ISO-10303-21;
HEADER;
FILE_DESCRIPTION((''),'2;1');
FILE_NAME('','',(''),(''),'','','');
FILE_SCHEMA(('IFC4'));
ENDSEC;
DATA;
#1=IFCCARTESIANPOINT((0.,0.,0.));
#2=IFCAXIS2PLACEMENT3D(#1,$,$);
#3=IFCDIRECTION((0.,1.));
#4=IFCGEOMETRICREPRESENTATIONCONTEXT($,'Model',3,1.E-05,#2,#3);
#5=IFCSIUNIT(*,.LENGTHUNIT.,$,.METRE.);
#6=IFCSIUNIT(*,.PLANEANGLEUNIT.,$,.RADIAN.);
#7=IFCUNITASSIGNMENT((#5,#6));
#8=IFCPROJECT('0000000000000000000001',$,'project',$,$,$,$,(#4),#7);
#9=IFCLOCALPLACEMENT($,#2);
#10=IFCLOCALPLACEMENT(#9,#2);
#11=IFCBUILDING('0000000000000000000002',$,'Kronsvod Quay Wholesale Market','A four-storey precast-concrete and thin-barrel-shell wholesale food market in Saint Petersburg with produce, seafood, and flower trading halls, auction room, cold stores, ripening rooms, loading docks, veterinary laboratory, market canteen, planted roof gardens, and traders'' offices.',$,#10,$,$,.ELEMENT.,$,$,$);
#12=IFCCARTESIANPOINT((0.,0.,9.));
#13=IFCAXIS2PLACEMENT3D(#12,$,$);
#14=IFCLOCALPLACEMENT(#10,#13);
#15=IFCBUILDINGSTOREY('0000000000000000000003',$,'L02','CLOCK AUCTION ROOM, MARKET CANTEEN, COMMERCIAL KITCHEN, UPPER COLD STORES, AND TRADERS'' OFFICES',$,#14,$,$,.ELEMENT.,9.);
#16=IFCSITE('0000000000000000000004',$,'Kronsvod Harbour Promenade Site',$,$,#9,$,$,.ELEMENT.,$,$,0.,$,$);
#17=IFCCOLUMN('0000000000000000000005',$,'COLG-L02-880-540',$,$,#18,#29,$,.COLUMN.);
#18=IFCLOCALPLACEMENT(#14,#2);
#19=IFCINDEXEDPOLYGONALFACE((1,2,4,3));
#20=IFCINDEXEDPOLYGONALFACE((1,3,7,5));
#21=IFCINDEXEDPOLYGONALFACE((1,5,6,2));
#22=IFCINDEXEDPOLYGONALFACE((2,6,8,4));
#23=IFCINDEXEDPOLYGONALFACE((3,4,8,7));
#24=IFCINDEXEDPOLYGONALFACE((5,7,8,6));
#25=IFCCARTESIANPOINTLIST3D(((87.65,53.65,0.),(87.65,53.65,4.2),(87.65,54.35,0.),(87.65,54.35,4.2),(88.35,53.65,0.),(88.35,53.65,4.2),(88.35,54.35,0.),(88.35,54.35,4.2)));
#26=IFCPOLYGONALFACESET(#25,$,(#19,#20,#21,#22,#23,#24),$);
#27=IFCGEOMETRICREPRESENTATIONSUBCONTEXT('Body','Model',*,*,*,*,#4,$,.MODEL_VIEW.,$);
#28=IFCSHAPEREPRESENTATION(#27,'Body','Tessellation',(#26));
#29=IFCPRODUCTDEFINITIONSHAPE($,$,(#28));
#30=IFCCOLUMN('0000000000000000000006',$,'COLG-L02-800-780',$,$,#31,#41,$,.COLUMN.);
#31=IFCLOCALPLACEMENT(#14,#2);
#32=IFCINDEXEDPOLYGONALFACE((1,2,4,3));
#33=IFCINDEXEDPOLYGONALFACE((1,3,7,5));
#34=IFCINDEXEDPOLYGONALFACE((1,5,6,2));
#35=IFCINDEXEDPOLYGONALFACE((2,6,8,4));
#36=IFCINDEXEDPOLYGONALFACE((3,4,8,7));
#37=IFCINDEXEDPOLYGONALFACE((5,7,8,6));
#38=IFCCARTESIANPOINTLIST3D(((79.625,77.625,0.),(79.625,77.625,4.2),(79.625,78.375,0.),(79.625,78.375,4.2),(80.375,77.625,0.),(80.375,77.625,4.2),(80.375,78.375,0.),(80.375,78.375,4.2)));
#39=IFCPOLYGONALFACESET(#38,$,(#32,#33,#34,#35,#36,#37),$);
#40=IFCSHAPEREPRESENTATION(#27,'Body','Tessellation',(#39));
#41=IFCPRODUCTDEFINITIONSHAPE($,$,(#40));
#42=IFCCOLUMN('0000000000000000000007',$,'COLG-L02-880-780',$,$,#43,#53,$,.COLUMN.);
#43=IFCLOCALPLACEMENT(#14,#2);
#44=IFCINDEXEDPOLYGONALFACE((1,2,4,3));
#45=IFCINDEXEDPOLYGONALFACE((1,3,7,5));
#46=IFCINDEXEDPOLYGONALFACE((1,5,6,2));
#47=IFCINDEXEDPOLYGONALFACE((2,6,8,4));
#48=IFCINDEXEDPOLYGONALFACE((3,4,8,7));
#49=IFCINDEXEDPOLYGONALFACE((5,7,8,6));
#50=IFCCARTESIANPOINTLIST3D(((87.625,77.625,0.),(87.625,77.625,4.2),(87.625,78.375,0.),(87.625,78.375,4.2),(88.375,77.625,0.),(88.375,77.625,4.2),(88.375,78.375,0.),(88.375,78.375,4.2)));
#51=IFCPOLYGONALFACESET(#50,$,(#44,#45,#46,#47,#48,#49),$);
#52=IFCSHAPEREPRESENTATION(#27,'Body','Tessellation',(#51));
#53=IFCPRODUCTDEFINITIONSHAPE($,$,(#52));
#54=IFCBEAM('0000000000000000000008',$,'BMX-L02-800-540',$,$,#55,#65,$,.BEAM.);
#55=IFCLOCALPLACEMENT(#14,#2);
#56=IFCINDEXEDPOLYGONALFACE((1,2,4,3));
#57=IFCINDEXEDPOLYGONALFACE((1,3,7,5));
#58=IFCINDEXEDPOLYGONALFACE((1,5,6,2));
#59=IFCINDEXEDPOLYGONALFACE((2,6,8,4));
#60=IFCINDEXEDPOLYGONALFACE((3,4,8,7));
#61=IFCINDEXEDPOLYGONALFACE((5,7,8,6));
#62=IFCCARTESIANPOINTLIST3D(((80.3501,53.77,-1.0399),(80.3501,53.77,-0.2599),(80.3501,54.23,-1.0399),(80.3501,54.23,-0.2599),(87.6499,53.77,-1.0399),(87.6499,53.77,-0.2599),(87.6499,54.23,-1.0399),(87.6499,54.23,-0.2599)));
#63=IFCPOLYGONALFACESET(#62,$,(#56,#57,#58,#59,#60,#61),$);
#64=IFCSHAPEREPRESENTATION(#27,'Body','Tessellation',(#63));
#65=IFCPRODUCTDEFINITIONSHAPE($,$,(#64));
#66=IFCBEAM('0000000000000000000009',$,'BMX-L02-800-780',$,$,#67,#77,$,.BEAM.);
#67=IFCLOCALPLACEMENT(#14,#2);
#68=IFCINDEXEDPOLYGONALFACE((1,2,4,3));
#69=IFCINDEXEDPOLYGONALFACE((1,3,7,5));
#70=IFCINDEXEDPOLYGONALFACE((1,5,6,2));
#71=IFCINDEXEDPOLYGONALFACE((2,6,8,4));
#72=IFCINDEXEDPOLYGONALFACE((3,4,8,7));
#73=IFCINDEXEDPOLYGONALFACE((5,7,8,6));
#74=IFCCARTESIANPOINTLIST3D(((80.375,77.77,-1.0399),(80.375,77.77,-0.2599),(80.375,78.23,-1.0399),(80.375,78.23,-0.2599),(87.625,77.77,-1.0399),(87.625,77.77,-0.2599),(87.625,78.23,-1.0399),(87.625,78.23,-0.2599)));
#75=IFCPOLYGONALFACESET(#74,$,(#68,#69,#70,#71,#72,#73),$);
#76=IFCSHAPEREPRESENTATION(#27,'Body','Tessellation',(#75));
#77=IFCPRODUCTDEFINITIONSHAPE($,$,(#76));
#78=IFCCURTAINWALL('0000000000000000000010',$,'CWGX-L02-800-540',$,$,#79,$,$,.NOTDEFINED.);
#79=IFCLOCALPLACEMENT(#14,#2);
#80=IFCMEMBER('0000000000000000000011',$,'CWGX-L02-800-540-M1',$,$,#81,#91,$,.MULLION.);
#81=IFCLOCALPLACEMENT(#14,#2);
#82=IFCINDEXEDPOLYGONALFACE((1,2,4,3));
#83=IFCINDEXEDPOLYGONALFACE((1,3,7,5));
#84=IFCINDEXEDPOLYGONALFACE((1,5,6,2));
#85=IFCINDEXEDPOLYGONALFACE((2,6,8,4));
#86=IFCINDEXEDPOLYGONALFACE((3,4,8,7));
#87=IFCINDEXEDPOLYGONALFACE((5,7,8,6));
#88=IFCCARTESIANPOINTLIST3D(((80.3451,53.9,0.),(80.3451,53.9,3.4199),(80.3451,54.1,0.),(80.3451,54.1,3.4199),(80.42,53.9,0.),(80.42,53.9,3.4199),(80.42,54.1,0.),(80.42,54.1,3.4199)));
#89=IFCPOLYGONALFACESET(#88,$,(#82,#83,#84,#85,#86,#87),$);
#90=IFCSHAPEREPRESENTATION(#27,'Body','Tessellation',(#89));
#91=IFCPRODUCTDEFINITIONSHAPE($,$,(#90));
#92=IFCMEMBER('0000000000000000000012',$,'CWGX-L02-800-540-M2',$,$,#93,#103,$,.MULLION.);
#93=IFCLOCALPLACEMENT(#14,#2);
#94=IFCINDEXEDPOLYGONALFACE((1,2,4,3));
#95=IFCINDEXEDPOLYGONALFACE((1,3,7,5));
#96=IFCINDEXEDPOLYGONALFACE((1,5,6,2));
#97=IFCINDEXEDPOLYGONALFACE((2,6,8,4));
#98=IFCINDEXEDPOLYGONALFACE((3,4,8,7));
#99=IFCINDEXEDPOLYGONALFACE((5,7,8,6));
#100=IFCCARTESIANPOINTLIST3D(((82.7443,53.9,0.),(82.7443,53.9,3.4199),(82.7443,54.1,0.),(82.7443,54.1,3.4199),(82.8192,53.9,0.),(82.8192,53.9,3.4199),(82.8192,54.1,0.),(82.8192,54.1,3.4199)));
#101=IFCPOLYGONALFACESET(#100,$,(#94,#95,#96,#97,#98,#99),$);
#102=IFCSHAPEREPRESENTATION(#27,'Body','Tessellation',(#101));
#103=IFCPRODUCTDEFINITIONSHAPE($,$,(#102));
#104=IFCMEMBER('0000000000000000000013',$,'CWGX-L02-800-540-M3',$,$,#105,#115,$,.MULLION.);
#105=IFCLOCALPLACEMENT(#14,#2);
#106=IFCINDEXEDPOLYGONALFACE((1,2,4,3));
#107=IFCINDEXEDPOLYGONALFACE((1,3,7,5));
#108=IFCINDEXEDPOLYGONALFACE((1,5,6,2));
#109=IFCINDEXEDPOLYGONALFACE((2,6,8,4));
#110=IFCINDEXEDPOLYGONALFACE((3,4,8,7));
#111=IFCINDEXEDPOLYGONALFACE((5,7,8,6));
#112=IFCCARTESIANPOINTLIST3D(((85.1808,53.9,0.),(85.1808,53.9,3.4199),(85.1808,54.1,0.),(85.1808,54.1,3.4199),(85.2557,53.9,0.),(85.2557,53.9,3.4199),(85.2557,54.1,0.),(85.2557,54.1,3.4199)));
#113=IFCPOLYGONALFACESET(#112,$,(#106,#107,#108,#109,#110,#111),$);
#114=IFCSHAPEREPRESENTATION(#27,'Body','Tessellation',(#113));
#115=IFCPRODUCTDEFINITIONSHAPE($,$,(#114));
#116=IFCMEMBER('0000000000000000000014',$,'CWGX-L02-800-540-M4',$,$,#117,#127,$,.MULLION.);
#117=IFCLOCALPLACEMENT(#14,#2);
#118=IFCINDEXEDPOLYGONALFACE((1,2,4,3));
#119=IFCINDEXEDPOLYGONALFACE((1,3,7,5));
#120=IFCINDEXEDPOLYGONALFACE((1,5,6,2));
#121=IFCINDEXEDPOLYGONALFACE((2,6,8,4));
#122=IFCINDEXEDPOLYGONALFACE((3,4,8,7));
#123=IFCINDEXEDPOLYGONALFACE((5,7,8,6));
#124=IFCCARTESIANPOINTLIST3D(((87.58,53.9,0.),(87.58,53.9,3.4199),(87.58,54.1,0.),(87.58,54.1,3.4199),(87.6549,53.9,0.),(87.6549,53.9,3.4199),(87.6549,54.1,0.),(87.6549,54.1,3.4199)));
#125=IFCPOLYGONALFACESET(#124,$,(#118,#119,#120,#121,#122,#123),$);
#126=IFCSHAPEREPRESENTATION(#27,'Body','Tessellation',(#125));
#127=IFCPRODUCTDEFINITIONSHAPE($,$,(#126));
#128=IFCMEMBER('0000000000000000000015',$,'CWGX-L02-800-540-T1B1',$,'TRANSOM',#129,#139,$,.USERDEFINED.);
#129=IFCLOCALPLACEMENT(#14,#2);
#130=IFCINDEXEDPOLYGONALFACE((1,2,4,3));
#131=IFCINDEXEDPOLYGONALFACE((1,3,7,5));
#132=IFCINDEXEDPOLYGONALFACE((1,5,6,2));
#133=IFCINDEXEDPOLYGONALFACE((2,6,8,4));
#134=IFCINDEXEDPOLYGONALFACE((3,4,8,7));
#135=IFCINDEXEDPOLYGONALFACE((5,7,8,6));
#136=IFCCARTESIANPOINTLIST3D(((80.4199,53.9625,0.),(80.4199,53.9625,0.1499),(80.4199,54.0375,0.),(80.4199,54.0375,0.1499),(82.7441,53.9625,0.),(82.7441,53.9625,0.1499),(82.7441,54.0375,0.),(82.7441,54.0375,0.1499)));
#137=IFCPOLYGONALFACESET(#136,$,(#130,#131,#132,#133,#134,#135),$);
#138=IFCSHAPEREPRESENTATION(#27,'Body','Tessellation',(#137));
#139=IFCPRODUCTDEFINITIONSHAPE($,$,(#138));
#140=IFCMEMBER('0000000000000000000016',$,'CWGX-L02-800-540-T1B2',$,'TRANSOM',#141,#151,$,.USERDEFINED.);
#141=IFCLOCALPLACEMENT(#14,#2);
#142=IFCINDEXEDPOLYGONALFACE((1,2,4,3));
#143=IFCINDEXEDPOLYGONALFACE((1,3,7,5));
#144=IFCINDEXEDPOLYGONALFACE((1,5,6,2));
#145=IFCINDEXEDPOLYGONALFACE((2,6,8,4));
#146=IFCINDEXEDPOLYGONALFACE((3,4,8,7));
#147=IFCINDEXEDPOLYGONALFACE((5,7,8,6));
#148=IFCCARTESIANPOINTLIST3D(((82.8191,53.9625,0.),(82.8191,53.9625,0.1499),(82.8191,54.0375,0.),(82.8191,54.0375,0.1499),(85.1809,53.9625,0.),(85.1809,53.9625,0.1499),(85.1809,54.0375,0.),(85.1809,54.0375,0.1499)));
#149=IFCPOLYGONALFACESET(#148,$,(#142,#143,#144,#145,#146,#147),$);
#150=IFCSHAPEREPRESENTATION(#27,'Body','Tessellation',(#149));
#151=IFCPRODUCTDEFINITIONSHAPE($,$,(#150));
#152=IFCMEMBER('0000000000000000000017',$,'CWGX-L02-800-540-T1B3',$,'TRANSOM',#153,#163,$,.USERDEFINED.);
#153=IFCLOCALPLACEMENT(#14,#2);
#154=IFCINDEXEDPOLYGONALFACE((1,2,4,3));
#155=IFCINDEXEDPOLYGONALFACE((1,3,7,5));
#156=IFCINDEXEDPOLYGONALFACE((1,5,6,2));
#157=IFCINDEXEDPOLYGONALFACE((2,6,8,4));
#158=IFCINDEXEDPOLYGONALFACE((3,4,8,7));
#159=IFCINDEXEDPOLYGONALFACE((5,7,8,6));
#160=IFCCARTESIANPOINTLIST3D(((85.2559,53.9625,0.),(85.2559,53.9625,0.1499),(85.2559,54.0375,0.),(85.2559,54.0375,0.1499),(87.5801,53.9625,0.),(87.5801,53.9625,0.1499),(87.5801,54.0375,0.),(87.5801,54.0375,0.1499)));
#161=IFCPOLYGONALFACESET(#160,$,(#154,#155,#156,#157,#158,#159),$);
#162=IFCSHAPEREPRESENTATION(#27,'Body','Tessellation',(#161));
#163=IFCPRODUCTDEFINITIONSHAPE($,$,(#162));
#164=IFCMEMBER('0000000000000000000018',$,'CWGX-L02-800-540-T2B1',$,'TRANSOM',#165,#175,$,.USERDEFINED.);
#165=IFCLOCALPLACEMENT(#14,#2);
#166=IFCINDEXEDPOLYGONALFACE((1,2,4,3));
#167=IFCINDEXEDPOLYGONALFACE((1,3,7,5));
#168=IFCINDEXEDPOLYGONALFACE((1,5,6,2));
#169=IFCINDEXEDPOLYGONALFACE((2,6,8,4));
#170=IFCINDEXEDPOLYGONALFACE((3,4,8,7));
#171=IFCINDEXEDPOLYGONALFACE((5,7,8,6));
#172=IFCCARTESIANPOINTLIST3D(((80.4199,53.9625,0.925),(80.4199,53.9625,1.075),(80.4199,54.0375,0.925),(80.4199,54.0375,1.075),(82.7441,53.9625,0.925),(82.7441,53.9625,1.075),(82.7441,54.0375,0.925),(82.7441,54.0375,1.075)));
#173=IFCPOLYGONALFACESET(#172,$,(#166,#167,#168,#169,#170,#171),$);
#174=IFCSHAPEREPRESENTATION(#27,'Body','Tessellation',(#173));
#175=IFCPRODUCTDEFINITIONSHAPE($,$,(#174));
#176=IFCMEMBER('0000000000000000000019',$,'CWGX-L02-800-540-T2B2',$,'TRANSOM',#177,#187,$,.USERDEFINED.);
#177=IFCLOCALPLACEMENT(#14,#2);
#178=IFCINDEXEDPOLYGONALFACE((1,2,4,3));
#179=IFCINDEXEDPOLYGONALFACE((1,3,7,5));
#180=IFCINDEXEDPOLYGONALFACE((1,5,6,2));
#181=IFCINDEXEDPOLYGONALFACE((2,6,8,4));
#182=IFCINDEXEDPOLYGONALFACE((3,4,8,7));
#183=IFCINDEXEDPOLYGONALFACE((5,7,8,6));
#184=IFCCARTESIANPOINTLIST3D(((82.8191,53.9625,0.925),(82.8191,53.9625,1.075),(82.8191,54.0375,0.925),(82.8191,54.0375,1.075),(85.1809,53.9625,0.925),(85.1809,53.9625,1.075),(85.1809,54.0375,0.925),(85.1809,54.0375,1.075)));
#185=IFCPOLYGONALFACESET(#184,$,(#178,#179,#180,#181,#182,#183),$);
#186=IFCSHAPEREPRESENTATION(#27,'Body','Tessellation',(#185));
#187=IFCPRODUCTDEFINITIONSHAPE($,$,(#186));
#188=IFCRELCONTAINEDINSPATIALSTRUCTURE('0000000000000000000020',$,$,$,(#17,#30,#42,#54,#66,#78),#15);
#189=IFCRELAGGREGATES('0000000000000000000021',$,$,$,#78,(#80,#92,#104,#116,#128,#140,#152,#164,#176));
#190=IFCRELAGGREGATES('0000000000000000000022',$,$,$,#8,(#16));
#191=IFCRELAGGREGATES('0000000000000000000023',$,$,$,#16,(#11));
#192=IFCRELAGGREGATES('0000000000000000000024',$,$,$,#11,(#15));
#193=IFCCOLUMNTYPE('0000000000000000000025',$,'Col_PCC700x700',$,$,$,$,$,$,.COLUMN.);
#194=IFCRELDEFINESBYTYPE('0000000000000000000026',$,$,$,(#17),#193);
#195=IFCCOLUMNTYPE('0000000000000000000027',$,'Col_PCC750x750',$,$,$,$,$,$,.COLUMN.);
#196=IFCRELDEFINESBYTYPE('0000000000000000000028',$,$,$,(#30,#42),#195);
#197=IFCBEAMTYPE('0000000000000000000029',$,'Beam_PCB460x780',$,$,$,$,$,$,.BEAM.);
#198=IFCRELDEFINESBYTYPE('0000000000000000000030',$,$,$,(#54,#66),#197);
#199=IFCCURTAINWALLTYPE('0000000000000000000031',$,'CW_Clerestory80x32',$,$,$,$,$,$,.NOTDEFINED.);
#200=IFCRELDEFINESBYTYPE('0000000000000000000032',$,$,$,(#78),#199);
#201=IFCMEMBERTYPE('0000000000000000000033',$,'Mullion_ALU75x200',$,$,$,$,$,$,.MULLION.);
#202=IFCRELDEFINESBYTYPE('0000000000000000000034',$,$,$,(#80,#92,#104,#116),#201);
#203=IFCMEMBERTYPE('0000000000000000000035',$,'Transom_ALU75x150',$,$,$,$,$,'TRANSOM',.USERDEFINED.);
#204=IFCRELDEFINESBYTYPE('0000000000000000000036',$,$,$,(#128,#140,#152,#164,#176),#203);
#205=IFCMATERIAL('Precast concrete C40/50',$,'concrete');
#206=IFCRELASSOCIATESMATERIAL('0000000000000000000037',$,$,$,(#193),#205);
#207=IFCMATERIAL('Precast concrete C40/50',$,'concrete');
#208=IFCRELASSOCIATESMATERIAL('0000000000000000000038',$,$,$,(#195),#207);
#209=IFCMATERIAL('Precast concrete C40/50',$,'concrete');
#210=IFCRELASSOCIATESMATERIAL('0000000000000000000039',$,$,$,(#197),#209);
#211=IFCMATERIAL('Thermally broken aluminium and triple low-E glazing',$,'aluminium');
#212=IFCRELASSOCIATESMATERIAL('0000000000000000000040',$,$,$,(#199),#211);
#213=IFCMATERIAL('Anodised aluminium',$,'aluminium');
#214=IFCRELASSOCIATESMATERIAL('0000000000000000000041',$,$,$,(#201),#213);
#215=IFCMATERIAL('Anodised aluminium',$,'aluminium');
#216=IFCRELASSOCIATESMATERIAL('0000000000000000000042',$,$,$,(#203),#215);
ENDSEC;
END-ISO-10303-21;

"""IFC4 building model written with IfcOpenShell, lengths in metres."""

from ifc_helpers import new_model, si_unit, direction, frame, origin, origin_2d, place, context, subcontext, project, spatial, rectangle, extrude, material, material_profile, profile_set, type_object, element, aggregate, save


model = new_model("IFC4")

# Units and contexts
model_context = context("Model", 3, precision=1e-05, world=origin(), true_north=direction((0.0, 1.0)))
body_context = subcontext(model_context, "Body", "Model", "MODEL_VIEW")
ifc_project = project(units=[si_unit("LENGTHUNIT", "METRE"), si_unit("PLANEANGLEUNIT", "RADIAN")], contexts=[model_context])

# Site, building, storey
site_placement = place(None, origin())
site = spatial("IfcSite", under=ifc_project, at=site_placement, Name="Kronsvod Harbour Promenade Site", CompositionType="ELEMENT", RefElevation=0.0)
building_placement = place(site_placement, origin())
building = spatial("IfcBuilding", under=site, at=building_placement, Name="Kronsvod Quay Wholesale Market", Description="A four-storey precast-concrete and thin-barrel-shell wholesale food market in Saint Petersburg with produce, seafood, and flower trading halls, auction room, cold stores, ripening rooms, loading docks, veterinary laboratory, market canteen, planted roof gardens, and traders' offices.", CompositionType="ELEMENT")
storey_placement = place(building_placement, frame((0.0, 0.0, 9.0)))
storey = spatial("IfcBuildingStorey", under=building, at=storey_placement, Name="L02", Description="CLOCK AUCTION ROOM, MARKET CANTEEN, COMMERCIAL KITCHEN, UPPER COLD STORES, AND TRADERS' OFFICES", CompositionType="ELEMENT", Elevation=9.0)

# Columns
ifc_material_1 = material(Name="Precast concrete C40/50", Category="concrete")
ifc_material_profile_1 = material_profile(ifc_material_1, rectangle(XDim=0.7, YDim=0.7, at=origin_2d()), Name="PCC700x700")
ifc_profile_set_1 = profile_set([ifc_material_profile_1], Name="Precast concrete C40/50")
column_type_1 = type_object("IfcColumnType", Name="Col_PCC700x700", PredefinedType="COLUMN", material=ifc_profile_set_1)
column_placement = place(storey_placement, frame((88.0, 54.0, 0.0), z_axis=(0.0, 0.0, 1.0), x_axis=(1.0, 0.0, 0.0)))
element("IfcColumn", 1, at=column_placement, inside=storey, type_object=column_type_1, Name="COLG-L02-880-540", PredefinedType="COLUMN", context=body_context, shape_type="SweptSolid", body=[
    extrude(rectangle(XDim=0.7, YDim=0.7, at=origin_2d()), origin(), (0.0, 0.0, 1.0), 4.2),
])
ifc_material_2 = material(Name="Precast concrete C40/50", Category="concrete")
ifc_material_profile_2 = material_profile(ifc_material_2, rectangle(XDim=0.75, YDim=0.75, at=origin_2d()), Name="COL-07")
ifc_profile_set_2 = profile_set([ifc_material_profile_2], Name="Precast concrete C40/50")
column_type_2 = type_object("IfcColumnType", Name="Col_PCC750x750", PredefinedType="COLUMN", material=ifc_profile_set_2)
for number, where, z_axis, x_axis, name in (
    (2, (80.0, 78.0, 0.0), (0.0, 0.0, 1.0), (1.0, 0.0, 0.0), "COLG-L02-800-780"),
    (3, (88.0, 78.0, 0.0), (0.0, 0.0, 1.0), (1.0, 0.0, 0.0), "COLG-L02-880-780"),
):
    element("IfcColumn", number, at=place(storey_placement, frame(where, z_axis=z_axis, x_axis=x_axis)), inside=storey, type_object=column_type_2, Name=name, PredefinedType="COLUMN", context=body_context, shape_type="SweptSolid", body=[
        extrude(rectangle(XDim=0.75, YDim=0.75, at=origin_2d()), origin(), (0.0, 0.0, 1.0), 4.2),
    ])

# Beams
ifc_material_3 = material(Name="Precast concrete C40/50", Category="concrete")
ifc_material_profile_3 = material_profile(ifc_material_3, rectangle(XDim=0.46, YDim=0.78, at=origin_2d()), Name="PB-03")
ifc_profile_set_3 = profile_set([ifc_material_profile_3], Name="Precast concrete C40/50")
beam_type = type_object("IfcBeamType", Name="Beam_PCB460x780", PredefinedType="BEAM", material=ifc_profile_set_3)
beam_1_placement = place(storey_placement, frame((80.3501, 54.0, -0.6499), z_axis=(1.0, 0.0, 0.0), x_axis=(0.0, 1.0, 0.0)))
element("IfcBeam", 4, at=beam_1_placement, inside=storey, type_object=beam_type, Name="BMX-L02-800-540", PredefinedType="BEAM", context=body_context, shape_type="SweptSolid", body=[
    extrude(rectangle(XDim=0.46, YDim=0.78, at=origin_2d()), origin(), (0.0, 0.0, 1.0), 7.2998),
])
beam_2_placement = place(storey_placement, frame((80.375, 78.0, -0.6499), z_axis=(1.0, 0.0, 0.0), x_axis=(0.0, 1.0, 0.0)))
element("IfcBeam", 5, at=beam_2_placement, inside=storey, type_object=beam_type, Name="BMX-L02-800-780", PredefinedType="BEAM", context=body_context, shape_type="SweptSolid", body=[
    extrude(rectangle(XDim=0.46, YDim=0.78, at=origin_2d()), origin(), (0.0, 0.0, 1.0), 7.25),
])

# Curtain wall, members
ifc_material_4 = material(Name="Thermally broken aluminium and triple low-E glazing", Category="aluminium")
curtain_wall_type = type_object("IfcCurtainWallType", Name="CW_Clerestory80x32", PredefinedType="NOTDEFINED", material=ifc_material_4)
curtain_wall_placement = place(storey_placement, origin())
curtain_wall = element("IfcCurtainWall", 6, at=curtain_wall_placement, inside=storey, type_object=curtain_wall_type, Name="CWGX-L02-800-540", PredefinedType="NOTDEFINED")
ifc_material_5 = material(Name="Anodised aluminium", Category="aluminium")
ifc_material_profile_4 = material_profile(ifc_material_5, rectangle(XDim=0.075, YDim=0.2, at=origin_2d()), Name="ALUM75x200")
ifc_profile_set_4 = profile_set([ifc_material_profile_4], Name="Anodised aluminium")
member_type_1 = type_object("IfcMemberType", Name="Mullion_ALU75x200", PredefinedType="MULLION", material=ifc_profile_set_4)
member_1_placement = place(storey_placement, frame((80.3826, 54.0, 0.0), z_axis=(0.0, 0.0, 1.0), x_axis=(1.0, 0.0, 0.0)))
member_1 = element("IfcMember", 7, at=member_1_placement, type_object=member_type_1, Name="CWGX-L02-800-540-M1", PredefinedType="MULLION", context=body_context, shape_type="SweptSolid", body=[
    extrude(rectangle(XDim=0.075, YDim=0.2, at=origin_2d()), origin(), (0.0, 0.0, 1.0), 3.4199),
])
member_2_placement = place(storey_placement, frame((82.7817, 54.0, 0.0), z_axis=(0.0, 0.0, 1.0), x_axis=(1.0, 0.0, 0.0)))
member_2 = element("IfcMember", 8, at=member_2_placement, type_object=member_type_1, Name="CWGX-L02-800-540-M2", PredefinedType="MULLION", context=body_context, shape_type="SweptSolid", body=[
    extrude(rectangle(XDim=0.075, YDim=0.2, at=origin_2d()), origin(), (0.0, 0.0, 1.0), 3.4199),
])
member_3_placement = place(storey_placement, frame((85.2183, 54.0, 0.0), z_axis=(0.0, 0.0, 1.0), x_axis=(1.0, 0.0, 0.0)))
member_3 = element("IfcMember", 9, at=member_3_placement, type_object=member_type_1, Name="CWGX-L02-800-540-M3", PredefinedType="MULLION", context=body_context, shape_type="SweptSolid", body=[
    extrude(rectangle(XDim=0.075, YDim=0.2, at=origin_2d()), origin(), (0.0, 0.0, 1.0), 3.4199),
])
member_4_placement = place(storey_placement, frame((87.6174, 54.0, 0.0), z_axis=(0.0, 0.0, 1.0), x_axis=(1.0, 0.0, 0.0)))
member_4 = element("IfcMember", 10, at=member_4_placement, type_object=member_type_1, Name="CWGX-L02-800-540-M4", PredefinedType="MULLION", context=body_context, shape_type="SweptSolid", body=[
    extrude(rectangle(XDim=0.075, YDim=0.2, at=origin_2d()), origin(), (0.0, 0.0, 1.0), 3.4199),
])
ifc_material_6 = material(Name="Anodised aluminium", Category="aluminium")
ifc_material_profile_5 = material_profile(ifc_material_6, rectangle(XDim=0.075, YDim=0.1499, at=origin_2d()), Name="ALUT75x150")
ifc_profile_set_5 = profile_set([ifc_material_profile_5], Name="Anodised aluminium")
member_type_2 = type_object("IfcMemberType", Name="Transom_ALU75x150", ElementType="TRANSOM", PredefinedType="USERDEFINED", material=ifc_profile_set_5)
member_5_placement = place(storey_placement, frame((80.4199, 54.0, 0.075), z_axis=(1.0, 0.0, 0.0), x_axis=(0.0, 1.0, 0.0)))
member_5 = element("IfcMember", 11, at=member_5_placement, type_object=member_type_2, Name="CWGX-L02-800-540-T1B1", ObjectType="TRANSOM", PredefinedType="USERDEFINED", context=body_context, shape_type="SweptSolid", body=[
    extrude(rectangle(XDim=0.075, YDim=0.1499, at=origin_2d()), origin(), (0.0, 0.0, 1.0), 2.3242),
])
member_6_placement = place(storey_placement, frame((82.8191, 54.0, 0.075), z_axis=(1.0, 0.0, 0.0), x_axis=(0.0, 1.0, 0.0)))
member_6 = element("IfcMember", 12, at=member_6_placement, type_object=member_type_2, Name="CWGX-L02-800-540-T1B2", ObjectType="TRANSOM", PredefinedType="USERDEFINED", context=body_context, shape_type="SweptSolid", body=[
    extrude(rectangle(XDim=0.075, YDim=0.1499, at=origin_2d()), origin(), (0.0, 0.0, 1.0), 2.3618),
])
member_7_placement = place(storey_placement, frame((85.2559, 54.0, 0.075), z_axis=(1.0, 0.0, 0.0), x_axis=(0.0, 1.0, 0.0)))
member_7 = element("IfcMember", 13, at=member_7_placement, type_object=member_type_2, Name="CWGX-L02-800-540-T1B3", ObjectType="TRANSOM", PredefinedType="USERDEFINED", context=body_context, shape_type="SweptSolid", body=[
    extrude(rectangle(XDim=0.075, YDim=0.1499, at=origin_2d()), origin(), (0.0, 0.0, 1.0), 2.3242),
])
member_8_placement = place(storey_placement, frame((80.4199, 54.0, 1.0), z_axis=(1.0, 0.0, 0.0), x_axis=(0.0, 1.0, 0.0)))
member_8 = element("IfcMember", 14, at=member_8_placement, type_object=member_type_2, Name="CWGX-L02-800-540-T2B1", ObjectType="TRANSOM", PredefinedType="USERDEFINED", context=body_context, shape_type="SweptSolid", body=[
    extrude(rectangle(XDim=0.075, YDim=0.1499, at=origin_2d()), origin(), (0.0, 0.0, 1.0), 2.3242),
])
member_9_placement = place(storey_placement, frame((82.8191, 54.0, 1.0), z_axis=(1.0, 0.0, 0.0), x_axis=(0.0, 1.0, 0.0)))
member_9 = element("IfcMember", 15, at=member_9_placement, type_object=member_type_2, Name="CWGX-L02-800-540-T2B2", ObjectType="TRANSOM", PredefinedType="USERDEFINED", context=body_context, shape_type="SweptSolid", body=[
    extrude(rectangle(XDim=0.075, YDim=0.1499, at=origin_2d()), origin(), (0.0, 0.0, 1.0), 2.3618),
])
aggregate(curtain_wall, [member_1, member_2, member_3, member_4, member_5, member_6, member_7, member_8, member_9])

save(model, "model.ifc")
